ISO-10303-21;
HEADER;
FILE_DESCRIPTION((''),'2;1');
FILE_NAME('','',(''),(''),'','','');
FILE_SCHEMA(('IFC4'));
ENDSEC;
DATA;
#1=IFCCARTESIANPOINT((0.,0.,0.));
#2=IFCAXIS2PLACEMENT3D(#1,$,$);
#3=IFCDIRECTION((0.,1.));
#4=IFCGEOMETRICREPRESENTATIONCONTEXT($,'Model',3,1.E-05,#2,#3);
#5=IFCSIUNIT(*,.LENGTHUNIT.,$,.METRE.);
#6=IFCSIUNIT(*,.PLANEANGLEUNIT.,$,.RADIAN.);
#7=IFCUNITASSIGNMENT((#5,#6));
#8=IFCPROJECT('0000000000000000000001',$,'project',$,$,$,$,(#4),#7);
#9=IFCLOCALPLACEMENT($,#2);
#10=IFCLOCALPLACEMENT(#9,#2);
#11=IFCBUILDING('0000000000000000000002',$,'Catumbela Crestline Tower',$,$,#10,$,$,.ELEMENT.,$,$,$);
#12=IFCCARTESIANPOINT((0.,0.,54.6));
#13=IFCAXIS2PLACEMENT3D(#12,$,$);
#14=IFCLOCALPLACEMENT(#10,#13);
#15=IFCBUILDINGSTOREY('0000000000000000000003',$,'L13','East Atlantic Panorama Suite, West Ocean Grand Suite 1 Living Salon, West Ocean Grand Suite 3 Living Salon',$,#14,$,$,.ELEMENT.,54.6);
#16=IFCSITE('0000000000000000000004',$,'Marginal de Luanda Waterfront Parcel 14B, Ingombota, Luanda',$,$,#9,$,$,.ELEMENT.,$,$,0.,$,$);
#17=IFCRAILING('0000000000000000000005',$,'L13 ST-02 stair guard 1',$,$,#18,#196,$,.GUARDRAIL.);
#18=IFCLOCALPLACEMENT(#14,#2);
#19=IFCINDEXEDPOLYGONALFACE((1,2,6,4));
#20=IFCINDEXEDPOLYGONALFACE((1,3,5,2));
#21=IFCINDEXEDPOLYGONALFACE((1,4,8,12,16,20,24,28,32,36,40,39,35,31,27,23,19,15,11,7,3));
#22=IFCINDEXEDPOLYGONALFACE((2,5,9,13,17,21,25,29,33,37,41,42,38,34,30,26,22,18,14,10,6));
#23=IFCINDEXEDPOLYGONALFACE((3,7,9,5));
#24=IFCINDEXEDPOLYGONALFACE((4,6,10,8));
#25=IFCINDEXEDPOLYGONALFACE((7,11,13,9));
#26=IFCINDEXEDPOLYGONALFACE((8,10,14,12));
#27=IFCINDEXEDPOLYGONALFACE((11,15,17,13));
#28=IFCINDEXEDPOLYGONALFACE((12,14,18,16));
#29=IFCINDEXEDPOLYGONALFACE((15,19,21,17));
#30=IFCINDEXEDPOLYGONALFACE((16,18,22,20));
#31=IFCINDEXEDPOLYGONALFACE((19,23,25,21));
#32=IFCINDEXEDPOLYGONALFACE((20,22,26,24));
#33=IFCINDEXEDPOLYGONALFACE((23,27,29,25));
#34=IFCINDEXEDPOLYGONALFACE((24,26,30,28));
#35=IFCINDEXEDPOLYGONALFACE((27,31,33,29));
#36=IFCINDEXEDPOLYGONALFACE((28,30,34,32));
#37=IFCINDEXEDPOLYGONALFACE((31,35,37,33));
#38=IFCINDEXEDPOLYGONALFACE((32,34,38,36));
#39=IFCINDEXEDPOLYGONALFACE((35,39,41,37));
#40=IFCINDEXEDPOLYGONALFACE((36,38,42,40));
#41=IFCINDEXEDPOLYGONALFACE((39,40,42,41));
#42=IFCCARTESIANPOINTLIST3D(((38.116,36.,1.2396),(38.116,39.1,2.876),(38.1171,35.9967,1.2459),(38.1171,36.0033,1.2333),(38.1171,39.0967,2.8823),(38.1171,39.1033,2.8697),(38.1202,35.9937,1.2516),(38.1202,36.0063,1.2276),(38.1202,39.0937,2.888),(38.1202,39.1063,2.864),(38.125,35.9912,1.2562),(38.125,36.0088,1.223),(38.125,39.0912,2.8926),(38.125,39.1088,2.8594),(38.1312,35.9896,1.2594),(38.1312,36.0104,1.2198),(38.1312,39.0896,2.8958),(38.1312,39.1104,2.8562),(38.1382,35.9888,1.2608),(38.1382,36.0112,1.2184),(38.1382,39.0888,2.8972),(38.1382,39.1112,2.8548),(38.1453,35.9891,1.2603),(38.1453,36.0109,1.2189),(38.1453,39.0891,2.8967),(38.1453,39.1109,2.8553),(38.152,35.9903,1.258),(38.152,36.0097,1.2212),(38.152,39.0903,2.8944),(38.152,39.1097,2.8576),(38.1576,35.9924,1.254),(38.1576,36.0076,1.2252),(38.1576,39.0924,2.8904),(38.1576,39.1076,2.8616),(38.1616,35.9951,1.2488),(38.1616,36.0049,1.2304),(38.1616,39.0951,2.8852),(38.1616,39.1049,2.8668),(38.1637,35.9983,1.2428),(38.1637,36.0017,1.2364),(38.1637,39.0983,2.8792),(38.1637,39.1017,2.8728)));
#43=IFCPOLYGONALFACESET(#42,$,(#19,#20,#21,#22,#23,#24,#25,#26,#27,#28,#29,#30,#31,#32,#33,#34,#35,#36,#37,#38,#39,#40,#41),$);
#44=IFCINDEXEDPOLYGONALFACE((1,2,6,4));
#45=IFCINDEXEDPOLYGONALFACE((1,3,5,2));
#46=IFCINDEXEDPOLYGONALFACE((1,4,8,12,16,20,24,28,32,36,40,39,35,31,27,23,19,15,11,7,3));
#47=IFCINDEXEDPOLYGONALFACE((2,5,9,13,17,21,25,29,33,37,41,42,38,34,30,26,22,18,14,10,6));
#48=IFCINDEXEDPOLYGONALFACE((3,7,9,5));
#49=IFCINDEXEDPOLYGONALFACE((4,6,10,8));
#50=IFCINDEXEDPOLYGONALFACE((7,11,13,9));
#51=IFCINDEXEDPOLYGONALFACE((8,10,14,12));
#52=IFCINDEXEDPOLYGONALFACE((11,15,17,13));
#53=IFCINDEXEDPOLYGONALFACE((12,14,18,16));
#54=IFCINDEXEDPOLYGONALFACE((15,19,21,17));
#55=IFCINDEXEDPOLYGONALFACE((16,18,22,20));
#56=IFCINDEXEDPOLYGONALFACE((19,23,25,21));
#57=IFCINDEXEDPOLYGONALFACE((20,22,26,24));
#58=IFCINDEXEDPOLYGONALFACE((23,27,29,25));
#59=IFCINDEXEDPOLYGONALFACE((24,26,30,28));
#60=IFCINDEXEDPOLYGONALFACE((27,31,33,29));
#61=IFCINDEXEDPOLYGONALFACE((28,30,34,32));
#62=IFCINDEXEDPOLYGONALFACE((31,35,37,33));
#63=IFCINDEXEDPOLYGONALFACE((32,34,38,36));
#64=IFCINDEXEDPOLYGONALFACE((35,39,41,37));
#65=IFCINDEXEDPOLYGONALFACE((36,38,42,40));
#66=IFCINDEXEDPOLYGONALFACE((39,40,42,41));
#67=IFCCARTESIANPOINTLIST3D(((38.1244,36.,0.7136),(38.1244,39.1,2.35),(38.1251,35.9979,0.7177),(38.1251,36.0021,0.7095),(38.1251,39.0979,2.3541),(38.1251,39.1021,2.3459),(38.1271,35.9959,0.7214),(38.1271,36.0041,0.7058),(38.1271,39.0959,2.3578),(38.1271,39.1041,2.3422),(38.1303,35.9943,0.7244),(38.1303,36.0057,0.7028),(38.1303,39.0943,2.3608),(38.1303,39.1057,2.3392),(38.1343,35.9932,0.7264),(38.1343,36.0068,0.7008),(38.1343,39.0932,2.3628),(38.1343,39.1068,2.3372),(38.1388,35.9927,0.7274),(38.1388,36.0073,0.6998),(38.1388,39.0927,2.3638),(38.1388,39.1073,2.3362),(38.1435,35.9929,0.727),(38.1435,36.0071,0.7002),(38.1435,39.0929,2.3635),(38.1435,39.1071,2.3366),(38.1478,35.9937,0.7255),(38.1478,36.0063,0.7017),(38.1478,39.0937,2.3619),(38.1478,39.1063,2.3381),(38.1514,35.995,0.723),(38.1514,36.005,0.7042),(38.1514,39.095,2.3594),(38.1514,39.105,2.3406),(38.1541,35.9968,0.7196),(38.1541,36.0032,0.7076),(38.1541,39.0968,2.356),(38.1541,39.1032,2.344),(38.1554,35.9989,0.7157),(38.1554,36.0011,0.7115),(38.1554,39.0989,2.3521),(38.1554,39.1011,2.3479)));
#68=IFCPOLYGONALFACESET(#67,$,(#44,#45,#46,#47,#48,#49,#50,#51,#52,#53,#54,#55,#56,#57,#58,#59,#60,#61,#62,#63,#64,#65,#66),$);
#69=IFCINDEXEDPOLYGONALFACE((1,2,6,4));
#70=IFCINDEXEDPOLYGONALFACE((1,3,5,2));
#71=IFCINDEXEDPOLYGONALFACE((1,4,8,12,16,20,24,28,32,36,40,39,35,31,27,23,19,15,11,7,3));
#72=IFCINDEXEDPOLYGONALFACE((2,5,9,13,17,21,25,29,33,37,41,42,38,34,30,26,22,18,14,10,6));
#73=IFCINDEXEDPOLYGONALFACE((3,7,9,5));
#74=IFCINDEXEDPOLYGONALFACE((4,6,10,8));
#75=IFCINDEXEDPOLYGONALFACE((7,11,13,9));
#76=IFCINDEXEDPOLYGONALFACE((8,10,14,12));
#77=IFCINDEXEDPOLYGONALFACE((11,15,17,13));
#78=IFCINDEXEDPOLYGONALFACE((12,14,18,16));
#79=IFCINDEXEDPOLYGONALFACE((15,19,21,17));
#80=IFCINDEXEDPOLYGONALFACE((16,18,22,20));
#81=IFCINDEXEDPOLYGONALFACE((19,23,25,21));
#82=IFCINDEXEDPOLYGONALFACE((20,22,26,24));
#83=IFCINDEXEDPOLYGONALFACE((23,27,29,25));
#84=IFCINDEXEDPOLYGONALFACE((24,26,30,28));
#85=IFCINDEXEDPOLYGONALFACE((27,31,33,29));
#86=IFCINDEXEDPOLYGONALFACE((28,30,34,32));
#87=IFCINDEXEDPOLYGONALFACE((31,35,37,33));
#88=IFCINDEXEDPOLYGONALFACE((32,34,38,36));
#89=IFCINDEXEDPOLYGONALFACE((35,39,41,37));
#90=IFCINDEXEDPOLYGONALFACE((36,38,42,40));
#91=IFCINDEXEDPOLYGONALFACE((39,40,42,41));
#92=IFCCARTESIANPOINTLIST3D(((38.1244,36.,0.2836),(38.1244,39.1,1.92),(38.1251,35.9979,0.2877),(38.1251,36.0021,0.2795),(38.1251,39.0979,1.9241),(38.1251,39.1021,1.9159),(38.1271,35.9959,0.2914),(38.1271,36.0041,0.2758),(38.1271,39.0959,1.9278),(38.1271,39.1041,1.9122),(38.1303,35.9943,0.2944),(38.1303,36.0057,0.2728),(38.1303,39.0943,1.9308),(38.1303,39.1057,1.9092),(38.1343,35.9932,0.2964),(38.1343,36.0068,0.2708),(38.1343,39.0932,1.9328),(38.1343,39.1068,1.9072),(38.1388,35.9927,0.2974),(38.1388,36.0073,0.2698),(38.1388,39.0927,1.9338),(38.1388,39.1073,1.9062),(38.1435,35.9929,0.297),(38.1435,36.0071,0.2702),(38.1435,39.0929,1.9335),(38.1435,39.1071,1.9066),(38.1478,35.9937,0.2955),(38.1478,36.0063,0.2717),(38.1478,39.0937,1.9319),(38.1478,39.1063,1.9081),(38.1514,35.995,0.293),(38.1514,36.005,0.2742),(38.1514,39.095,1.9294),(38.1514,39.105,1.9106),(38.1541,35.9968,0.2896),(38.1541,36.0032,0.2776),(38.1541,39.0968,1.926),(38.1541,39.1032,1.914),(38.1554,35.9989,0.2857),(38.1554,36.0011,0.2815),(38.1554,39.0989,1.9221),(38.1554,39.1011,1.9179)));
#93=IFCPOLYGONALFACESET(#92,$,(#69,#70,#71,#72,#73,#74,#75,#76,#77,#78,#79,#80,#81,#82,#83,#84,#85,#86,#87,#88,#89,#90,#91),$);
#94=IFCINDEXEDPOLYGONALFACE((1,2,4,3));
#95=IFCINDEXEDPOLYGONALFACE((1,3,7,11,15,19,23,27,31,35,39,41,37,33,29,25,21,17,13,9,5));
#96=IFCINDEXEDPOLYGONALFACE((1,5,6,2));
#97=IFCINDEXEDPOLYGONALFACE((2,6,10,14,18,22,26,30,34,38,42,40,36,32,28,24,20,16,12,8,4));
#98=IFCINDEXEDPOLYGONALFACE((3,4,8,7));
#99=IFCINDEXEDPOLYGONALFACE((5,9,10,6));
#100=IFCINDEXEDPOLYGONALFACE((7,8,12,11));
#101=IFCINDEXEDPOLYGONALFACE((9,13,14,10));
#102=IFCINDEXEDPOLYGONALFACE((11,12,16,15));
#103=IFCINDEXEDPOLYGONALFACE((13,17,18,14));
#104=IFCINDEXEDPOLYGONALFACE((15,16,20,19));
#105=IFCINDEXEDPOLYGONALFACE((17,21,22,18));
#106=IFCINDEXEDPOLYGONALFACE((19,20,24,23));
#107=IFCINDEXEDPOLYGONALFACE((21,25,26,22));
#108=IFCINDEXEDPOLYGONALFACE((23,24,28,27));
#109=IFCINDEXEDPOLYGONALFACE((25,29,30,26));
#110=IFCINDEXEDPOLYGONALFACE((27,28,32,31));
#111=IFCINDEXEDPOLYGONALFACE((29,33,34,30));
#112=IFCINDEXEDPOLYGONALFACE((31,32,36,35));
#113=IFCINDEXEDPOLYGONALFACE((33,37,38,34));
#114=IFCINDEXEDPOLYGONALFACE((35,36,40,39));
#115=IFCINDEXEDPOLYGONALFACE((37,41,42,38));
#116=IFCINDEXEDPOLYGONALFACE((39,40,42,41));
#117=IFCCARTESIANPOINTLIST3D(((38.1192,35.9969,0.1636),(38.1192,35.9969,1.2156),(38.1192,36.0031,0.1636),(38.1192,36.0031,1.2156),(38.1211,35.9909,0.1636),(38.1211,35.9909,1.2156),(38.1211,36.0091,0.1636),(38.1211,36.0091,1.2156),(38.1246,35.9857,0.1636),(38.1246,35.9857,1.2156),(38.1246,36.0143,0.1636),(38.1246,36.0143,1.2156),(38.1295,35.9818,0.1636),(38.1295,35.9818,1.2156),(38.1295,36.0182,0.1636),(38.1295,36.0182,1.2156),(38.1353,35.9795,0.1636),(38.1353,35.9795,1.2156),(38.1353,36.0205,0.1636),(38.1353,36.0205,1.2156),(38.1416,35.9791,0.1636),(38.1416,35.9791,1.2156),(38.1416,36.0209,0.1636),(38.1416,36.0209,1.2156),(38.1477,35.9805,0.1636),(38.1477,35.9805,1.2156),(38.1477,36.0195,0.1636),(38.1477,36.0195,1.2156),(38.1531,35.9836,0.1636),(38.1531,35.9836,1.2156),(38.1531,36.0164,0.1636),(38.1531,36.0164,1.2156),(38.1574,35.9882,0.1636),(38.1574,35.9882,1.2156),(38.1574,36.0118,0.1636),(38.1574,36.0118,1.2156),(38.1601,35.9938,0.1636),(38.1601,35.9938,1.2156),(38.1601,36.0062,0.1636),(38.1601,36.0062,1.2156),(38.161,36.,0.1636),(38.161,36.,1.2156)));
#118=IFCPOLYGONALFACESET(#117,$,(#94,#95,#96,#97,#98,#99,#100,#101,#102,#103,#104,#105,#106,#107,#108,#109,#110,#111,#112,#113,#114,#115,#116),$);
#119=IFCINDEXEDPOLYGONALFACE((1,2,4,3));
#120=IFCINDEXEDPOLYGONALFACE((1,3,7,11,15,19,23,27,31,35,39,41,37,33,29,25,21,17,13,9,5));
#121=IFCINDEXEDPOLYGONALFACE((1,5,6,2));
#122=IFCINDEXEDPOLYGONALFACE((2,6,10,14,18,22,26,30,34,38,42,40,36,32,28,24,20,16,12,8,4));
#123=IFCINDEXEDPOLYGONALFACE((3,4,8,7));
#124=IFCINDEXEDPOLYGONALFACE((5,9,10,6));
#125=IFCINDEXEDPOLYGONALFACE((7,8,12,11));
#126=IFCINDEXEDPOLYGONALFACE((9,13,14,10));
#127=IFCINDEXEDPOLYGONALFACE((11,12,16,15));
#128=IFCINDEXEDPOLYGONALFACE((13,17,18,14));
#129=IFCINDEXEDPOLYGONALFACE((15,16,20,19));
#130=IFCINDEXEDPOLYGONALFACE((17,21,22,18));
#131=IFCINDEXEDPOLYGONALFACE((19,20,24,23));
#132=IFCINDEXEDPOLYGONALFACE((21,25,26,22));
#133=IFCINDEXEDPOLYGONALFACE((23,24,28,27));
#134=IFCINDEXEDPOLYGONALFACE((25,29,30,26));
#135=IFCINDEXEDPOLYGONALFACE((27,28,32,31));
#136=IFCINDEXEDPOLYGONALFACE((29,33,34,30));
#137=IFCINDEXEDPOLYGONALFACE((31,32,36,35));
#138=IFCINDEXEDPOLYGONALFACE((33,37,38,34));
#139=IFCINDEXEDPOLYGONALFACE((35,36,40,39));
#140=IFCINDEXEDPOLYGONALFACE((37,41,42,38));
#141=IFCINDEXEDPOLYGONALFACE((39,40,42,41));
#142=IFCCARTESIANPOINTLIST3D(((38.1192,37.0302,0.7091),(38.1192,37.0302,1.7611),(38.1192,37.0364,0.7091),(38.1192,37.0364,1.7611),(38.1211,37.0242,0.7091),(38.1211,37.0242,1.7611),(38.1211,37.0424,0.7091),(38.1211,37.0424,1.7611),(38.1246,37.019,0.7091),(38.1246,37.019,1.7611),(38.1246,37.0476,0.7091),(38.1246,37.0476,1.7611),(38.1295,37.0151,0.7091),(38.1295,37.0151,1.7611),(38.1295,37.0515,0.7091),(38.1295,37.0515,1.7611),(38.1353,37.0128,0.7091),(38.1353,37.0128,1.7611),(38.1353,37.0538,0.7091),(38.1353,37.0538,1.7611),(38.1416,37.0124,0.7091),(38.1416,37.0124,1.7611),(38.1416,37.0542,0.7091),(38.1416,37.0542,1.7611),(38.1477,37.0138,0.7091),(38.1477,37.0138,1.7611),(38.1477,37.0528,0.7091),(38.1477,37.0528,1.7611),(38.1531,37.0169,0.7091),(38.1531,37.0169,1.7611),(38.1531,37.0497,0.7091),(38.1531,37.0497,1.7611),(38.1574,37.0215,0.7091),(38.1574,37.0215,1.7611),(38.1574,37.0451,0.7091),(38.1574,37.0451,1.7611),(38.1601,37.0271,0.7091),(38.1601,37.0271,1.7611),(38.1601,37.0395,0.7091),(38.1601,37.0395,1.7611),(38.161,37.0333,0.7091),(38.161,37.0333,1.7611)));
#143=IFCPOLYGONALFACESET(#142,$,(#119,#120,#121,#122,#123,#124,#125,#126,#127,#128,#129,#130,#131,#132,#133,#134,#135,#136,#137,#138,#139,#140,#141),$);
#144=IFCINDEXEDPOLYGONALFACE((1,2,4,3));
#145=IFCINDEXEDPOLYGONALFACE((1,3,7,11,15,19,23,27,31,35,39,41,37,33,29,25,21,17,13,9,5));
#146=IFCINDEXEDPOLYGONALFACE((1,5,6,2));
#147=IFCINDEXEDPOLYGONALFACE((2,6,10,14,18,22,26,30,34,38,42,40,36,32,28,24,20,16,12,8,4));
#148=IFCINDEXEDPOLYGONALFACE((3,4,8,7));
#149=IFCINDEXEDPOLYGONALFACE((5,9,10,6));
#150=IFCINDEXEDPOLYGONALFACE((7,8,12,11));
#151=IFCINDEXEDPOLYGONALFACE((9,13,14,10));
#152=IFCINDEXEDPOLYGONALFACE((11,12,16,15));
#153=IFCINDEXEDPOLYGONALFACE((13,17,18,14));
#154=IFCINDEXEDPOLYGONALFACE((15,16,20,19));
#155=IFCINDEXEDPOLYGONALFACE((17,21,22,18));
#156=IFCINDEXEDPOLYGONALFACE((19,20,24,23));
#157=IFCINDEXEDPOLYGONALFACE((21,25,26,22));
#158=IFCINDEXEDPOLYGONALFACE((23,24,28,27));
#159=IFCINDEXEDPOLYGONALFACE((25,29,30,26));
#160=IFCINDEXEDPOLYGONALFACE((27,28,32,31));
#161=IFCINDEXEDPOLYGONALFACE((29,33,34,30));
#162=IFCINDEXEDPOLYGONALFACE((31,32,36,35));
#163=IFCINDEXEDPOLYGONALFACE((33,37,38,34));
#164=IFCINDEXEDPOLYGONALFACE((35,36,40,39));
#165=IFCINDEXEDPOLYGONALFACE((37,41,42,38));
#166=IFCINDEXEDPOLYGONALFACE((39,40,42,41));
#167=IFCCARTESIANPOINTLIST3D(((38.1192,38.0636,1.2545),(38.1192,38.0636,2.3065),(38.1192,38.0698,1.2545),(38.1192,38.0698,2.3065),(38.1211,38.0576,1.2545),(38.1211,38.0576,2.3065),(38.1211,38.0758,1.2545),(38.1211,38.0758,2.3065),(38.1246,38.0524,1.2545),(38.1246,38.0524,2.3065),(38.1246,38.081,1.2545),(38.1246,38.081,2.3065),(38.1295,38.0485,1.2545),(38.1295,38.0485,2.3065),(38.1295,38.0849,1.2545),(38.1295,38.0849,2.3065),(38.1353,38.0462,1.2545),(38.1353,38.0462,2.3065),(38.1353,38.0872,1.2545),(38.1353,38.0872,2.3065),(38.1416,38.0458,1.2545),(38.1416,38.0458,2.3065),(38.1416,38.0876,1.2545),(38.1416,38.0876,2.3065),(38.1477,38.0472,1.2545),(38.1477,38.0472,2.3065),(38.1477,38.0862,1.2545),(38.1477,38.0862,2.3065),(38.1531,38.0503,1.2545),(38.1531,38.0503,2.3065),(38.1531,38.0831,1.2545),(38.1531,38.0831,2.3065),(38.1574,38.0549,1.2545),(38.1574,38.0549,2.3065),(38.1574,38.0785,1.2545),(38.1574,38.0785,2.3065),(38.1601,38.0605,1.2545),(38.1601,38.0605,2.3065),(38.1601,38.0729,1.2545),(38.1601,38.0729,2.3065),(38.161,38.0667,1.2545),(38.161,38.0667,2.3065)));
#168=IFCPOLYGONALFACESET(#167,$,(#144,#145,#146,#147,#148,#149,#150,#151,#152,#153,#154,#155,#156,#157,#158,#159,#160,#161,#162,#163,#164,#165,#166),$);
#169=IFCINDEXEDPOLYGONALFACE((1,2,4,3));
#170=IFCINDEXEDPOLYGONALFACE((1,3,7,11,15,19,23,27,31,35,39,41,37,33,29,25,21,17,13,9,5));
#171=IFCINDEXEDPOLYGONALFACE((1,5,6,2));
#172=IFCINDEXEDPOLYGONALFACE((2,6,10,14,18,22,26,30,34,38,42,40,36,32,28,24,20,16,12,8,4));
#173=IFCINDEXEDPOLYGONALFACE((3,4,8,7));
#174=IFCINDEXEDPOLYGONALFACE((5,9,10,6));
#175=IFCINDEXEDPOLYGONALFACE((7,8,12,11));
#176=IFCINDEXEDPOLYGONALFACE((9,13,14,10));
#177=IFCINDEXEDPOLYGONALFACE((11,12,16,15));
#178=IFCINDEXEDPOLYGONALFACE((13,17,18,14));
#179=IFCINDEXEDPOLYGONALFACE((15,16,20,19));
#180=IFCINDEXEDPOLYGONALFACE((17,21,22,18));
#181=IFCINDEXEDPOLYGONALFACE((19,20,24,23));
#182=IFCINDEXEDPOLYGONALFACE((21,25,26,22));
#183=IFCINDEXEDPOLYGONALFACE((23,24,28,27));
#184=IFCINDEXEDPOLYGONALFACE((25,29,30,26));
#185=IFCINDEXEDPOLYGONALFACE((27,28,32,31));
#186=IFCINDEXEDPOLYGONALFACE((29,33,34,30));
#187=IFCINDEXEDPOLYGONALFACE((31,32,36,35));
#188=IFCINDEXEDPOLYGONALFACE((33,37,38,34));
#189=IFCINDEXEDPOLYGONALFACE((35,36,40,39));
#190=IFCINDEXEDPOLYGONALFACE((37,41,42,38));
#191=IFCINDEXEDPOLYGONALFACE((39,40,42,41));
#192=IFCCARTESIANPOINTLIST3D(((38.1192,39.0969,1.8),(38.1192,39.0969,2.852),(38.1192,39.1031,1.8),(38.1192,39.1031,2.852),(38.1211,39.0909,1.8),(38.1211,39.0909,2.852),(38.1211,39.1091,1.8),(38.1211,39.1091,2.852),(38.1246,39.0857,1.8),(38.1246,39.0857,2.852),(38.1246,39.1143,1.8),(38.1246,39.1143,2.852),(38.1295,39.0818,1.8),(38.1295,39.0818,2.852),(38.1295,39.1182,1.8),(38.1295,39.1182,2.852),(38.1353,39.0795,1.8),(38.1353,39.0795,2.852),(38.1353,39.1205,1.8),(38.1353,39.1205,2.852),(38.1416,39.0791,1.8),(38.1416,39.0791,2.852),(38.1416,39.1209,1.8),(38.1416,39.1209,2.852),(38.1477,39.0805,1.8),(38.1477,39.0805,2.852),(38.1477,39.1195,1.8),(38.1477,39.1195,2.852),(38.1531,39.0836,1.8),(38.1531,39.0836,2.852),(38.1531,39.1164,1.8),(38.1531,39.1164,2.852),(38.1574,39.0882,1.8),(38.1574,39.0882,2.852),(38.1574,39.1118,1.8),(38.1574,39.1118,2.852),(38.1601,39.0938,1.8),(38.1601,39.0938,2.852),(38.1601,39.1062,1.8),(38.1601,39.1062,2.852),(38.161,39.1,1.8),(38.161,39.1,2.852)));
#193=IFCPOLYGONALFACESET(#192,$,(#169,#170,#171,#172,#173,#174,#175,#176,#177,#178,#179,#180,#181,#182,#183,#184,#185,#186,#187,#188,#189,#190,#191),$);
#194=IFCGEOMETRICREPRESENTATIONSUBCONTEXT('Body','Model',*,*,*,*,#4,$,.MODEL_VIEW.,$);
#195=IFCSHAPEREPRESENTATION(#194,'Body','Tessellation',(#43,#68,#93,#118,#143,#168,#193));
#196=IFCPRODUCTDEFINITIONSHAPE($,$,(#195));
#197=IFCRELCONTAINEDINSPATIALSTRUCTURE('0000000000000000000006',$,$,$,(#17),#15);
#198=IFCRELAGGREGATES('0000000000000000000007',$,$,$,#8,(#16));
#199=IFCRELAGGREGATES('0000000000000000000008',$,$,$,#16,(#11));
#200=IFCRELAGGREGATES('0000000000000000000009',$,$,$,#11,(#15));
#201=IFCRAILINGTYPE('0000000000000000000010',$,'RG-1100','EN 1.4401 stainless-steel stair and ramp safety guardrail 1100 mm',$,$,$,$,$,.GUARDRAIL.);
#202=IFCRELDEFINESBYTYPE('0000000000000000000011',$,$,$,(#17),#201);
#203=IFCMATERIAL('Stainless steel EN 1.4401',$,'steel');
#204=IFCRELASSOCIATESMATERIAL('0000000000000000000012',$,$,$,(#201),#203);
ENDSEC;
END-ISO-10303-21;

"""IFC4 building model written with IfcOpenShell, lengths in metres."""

from ifc_helpers import new_model, si_unit, direction, frame, origin, origin_2d, place, context, subcontext, project, spatial, circle, extrude, material, type_object, element, save


model = new_model("IFC4")

# Units and contexts
model_context = context("Model", 3, precision=1e-05, world=origin(), true_north=direction((0.0, 1.0)))
body_context = subcontext(model_context, "Body", "Model", "MODEL_VIEW")
ifc_project = project(units=[si_unit("LENGTHUNIT", "METRE"), si_unit("PLANEANGLEUNIT", "RADIAN")], contexts=[model_context])

# Site, building, storey
site_placement = place(None, origin())
site = spatial("IfcSite", under=ifc_project, at=site_placement, Name="Marginal de Luanda Waterfront Parcel 14B, Ingombota, Luanda", CompositionType="ELEMENT", RefElevation=0.0)
building_placement = place(site_placement, origin())
building = spatial("IfcBuilding", under=site, at=building_placement, Name="Catumbela Crestline Tower", CompositionType="ELEMENT")
storey_placement = place(building_placement, frame((0.0, 0.0, 54.6)))
storey = spatial("IfcBuildingStorey", under=building, at=storey_placement, Name="L13", Description="East Atlantic Panorama Suite, West Ocean Grand Suite 1 Living Salon, West Ocean Grand Suite 3 Living Salon", CompositionType="ELEMENT", Elevation=54.6)

# Shared definitions
ifc_material_1 = material(Name="Stainless steel EN 1.4401", Category="steel")

# Railing
railing_type_1 = type_object("IfcRailingType", Name="RG-1100", Description="EN 1.4401 stainless-steel stair and ramp safety guardrail 1100 mm", PredefinedType="GUARDRAIL", material=ifc_material_1)
railing_1_placement = place(storey_placement, frame((38.14, 36.0, 0.1636)))
element("IfcRailing", 1, at=railing_1_placement, inside=storey, type_object=railing_type_1, Name="L13 ST-02 stair guard 1", PredefinedType="GUARDRAIL", context=body_context, shape_type="SweptSolid", body=[
    extrude(circle(Radius=0.024, at=origin_2d()), frame((0.0, 0.0, 1.076), z_axis=(0.0, 0.884351, 0.466823), x_axis=(-1.0, 0.0, 0.0)), (0.0, 0.0, 1.0), 3.5054),
    extrude(circle(Radius=0.0156, at=origin_2d()), frame((0.0, 0.0, 0.55), z_axis=(0.0, 0.884351, 0.466823), x_axis=(-1.0, 0.0, 0.0)), (0.0, 0.0, 1.0), 3.5054),
    extrude(circle(Radius=0.0156, at=origin_2d()), frame((0.0, 0.0, 0.12), z_axis=(0.0, 0.884351, 0.466823), x_axis=(-1.0, 0.0, 0.0)), (0.0, 0.0, 1.0), 3.5054),
    extrude(circle(Radius=0.021, at=origin_2d()), origin(), (0.0, 0.0, 1.0), 1.052),
    extrude(circle(Radius=0.021, at=origin_2d()), frame((0.0, 1.0333, 0.5455)), (0.0, 0.0, 1.0), 1.052),
    extrude(circle(Radius=0.021, at=origin_2d()), frame((0.0, 2.0667, 1.0909)), (0.0, 0.0, 1.0), 1.052),
    extrude(circle(Radius=0.021, at=origin_2d()), frame((0.0, 3.1, 1.6364)), (0.0, 0.0, 1.0), 1.052),
])

save(model, "model.ifc")
